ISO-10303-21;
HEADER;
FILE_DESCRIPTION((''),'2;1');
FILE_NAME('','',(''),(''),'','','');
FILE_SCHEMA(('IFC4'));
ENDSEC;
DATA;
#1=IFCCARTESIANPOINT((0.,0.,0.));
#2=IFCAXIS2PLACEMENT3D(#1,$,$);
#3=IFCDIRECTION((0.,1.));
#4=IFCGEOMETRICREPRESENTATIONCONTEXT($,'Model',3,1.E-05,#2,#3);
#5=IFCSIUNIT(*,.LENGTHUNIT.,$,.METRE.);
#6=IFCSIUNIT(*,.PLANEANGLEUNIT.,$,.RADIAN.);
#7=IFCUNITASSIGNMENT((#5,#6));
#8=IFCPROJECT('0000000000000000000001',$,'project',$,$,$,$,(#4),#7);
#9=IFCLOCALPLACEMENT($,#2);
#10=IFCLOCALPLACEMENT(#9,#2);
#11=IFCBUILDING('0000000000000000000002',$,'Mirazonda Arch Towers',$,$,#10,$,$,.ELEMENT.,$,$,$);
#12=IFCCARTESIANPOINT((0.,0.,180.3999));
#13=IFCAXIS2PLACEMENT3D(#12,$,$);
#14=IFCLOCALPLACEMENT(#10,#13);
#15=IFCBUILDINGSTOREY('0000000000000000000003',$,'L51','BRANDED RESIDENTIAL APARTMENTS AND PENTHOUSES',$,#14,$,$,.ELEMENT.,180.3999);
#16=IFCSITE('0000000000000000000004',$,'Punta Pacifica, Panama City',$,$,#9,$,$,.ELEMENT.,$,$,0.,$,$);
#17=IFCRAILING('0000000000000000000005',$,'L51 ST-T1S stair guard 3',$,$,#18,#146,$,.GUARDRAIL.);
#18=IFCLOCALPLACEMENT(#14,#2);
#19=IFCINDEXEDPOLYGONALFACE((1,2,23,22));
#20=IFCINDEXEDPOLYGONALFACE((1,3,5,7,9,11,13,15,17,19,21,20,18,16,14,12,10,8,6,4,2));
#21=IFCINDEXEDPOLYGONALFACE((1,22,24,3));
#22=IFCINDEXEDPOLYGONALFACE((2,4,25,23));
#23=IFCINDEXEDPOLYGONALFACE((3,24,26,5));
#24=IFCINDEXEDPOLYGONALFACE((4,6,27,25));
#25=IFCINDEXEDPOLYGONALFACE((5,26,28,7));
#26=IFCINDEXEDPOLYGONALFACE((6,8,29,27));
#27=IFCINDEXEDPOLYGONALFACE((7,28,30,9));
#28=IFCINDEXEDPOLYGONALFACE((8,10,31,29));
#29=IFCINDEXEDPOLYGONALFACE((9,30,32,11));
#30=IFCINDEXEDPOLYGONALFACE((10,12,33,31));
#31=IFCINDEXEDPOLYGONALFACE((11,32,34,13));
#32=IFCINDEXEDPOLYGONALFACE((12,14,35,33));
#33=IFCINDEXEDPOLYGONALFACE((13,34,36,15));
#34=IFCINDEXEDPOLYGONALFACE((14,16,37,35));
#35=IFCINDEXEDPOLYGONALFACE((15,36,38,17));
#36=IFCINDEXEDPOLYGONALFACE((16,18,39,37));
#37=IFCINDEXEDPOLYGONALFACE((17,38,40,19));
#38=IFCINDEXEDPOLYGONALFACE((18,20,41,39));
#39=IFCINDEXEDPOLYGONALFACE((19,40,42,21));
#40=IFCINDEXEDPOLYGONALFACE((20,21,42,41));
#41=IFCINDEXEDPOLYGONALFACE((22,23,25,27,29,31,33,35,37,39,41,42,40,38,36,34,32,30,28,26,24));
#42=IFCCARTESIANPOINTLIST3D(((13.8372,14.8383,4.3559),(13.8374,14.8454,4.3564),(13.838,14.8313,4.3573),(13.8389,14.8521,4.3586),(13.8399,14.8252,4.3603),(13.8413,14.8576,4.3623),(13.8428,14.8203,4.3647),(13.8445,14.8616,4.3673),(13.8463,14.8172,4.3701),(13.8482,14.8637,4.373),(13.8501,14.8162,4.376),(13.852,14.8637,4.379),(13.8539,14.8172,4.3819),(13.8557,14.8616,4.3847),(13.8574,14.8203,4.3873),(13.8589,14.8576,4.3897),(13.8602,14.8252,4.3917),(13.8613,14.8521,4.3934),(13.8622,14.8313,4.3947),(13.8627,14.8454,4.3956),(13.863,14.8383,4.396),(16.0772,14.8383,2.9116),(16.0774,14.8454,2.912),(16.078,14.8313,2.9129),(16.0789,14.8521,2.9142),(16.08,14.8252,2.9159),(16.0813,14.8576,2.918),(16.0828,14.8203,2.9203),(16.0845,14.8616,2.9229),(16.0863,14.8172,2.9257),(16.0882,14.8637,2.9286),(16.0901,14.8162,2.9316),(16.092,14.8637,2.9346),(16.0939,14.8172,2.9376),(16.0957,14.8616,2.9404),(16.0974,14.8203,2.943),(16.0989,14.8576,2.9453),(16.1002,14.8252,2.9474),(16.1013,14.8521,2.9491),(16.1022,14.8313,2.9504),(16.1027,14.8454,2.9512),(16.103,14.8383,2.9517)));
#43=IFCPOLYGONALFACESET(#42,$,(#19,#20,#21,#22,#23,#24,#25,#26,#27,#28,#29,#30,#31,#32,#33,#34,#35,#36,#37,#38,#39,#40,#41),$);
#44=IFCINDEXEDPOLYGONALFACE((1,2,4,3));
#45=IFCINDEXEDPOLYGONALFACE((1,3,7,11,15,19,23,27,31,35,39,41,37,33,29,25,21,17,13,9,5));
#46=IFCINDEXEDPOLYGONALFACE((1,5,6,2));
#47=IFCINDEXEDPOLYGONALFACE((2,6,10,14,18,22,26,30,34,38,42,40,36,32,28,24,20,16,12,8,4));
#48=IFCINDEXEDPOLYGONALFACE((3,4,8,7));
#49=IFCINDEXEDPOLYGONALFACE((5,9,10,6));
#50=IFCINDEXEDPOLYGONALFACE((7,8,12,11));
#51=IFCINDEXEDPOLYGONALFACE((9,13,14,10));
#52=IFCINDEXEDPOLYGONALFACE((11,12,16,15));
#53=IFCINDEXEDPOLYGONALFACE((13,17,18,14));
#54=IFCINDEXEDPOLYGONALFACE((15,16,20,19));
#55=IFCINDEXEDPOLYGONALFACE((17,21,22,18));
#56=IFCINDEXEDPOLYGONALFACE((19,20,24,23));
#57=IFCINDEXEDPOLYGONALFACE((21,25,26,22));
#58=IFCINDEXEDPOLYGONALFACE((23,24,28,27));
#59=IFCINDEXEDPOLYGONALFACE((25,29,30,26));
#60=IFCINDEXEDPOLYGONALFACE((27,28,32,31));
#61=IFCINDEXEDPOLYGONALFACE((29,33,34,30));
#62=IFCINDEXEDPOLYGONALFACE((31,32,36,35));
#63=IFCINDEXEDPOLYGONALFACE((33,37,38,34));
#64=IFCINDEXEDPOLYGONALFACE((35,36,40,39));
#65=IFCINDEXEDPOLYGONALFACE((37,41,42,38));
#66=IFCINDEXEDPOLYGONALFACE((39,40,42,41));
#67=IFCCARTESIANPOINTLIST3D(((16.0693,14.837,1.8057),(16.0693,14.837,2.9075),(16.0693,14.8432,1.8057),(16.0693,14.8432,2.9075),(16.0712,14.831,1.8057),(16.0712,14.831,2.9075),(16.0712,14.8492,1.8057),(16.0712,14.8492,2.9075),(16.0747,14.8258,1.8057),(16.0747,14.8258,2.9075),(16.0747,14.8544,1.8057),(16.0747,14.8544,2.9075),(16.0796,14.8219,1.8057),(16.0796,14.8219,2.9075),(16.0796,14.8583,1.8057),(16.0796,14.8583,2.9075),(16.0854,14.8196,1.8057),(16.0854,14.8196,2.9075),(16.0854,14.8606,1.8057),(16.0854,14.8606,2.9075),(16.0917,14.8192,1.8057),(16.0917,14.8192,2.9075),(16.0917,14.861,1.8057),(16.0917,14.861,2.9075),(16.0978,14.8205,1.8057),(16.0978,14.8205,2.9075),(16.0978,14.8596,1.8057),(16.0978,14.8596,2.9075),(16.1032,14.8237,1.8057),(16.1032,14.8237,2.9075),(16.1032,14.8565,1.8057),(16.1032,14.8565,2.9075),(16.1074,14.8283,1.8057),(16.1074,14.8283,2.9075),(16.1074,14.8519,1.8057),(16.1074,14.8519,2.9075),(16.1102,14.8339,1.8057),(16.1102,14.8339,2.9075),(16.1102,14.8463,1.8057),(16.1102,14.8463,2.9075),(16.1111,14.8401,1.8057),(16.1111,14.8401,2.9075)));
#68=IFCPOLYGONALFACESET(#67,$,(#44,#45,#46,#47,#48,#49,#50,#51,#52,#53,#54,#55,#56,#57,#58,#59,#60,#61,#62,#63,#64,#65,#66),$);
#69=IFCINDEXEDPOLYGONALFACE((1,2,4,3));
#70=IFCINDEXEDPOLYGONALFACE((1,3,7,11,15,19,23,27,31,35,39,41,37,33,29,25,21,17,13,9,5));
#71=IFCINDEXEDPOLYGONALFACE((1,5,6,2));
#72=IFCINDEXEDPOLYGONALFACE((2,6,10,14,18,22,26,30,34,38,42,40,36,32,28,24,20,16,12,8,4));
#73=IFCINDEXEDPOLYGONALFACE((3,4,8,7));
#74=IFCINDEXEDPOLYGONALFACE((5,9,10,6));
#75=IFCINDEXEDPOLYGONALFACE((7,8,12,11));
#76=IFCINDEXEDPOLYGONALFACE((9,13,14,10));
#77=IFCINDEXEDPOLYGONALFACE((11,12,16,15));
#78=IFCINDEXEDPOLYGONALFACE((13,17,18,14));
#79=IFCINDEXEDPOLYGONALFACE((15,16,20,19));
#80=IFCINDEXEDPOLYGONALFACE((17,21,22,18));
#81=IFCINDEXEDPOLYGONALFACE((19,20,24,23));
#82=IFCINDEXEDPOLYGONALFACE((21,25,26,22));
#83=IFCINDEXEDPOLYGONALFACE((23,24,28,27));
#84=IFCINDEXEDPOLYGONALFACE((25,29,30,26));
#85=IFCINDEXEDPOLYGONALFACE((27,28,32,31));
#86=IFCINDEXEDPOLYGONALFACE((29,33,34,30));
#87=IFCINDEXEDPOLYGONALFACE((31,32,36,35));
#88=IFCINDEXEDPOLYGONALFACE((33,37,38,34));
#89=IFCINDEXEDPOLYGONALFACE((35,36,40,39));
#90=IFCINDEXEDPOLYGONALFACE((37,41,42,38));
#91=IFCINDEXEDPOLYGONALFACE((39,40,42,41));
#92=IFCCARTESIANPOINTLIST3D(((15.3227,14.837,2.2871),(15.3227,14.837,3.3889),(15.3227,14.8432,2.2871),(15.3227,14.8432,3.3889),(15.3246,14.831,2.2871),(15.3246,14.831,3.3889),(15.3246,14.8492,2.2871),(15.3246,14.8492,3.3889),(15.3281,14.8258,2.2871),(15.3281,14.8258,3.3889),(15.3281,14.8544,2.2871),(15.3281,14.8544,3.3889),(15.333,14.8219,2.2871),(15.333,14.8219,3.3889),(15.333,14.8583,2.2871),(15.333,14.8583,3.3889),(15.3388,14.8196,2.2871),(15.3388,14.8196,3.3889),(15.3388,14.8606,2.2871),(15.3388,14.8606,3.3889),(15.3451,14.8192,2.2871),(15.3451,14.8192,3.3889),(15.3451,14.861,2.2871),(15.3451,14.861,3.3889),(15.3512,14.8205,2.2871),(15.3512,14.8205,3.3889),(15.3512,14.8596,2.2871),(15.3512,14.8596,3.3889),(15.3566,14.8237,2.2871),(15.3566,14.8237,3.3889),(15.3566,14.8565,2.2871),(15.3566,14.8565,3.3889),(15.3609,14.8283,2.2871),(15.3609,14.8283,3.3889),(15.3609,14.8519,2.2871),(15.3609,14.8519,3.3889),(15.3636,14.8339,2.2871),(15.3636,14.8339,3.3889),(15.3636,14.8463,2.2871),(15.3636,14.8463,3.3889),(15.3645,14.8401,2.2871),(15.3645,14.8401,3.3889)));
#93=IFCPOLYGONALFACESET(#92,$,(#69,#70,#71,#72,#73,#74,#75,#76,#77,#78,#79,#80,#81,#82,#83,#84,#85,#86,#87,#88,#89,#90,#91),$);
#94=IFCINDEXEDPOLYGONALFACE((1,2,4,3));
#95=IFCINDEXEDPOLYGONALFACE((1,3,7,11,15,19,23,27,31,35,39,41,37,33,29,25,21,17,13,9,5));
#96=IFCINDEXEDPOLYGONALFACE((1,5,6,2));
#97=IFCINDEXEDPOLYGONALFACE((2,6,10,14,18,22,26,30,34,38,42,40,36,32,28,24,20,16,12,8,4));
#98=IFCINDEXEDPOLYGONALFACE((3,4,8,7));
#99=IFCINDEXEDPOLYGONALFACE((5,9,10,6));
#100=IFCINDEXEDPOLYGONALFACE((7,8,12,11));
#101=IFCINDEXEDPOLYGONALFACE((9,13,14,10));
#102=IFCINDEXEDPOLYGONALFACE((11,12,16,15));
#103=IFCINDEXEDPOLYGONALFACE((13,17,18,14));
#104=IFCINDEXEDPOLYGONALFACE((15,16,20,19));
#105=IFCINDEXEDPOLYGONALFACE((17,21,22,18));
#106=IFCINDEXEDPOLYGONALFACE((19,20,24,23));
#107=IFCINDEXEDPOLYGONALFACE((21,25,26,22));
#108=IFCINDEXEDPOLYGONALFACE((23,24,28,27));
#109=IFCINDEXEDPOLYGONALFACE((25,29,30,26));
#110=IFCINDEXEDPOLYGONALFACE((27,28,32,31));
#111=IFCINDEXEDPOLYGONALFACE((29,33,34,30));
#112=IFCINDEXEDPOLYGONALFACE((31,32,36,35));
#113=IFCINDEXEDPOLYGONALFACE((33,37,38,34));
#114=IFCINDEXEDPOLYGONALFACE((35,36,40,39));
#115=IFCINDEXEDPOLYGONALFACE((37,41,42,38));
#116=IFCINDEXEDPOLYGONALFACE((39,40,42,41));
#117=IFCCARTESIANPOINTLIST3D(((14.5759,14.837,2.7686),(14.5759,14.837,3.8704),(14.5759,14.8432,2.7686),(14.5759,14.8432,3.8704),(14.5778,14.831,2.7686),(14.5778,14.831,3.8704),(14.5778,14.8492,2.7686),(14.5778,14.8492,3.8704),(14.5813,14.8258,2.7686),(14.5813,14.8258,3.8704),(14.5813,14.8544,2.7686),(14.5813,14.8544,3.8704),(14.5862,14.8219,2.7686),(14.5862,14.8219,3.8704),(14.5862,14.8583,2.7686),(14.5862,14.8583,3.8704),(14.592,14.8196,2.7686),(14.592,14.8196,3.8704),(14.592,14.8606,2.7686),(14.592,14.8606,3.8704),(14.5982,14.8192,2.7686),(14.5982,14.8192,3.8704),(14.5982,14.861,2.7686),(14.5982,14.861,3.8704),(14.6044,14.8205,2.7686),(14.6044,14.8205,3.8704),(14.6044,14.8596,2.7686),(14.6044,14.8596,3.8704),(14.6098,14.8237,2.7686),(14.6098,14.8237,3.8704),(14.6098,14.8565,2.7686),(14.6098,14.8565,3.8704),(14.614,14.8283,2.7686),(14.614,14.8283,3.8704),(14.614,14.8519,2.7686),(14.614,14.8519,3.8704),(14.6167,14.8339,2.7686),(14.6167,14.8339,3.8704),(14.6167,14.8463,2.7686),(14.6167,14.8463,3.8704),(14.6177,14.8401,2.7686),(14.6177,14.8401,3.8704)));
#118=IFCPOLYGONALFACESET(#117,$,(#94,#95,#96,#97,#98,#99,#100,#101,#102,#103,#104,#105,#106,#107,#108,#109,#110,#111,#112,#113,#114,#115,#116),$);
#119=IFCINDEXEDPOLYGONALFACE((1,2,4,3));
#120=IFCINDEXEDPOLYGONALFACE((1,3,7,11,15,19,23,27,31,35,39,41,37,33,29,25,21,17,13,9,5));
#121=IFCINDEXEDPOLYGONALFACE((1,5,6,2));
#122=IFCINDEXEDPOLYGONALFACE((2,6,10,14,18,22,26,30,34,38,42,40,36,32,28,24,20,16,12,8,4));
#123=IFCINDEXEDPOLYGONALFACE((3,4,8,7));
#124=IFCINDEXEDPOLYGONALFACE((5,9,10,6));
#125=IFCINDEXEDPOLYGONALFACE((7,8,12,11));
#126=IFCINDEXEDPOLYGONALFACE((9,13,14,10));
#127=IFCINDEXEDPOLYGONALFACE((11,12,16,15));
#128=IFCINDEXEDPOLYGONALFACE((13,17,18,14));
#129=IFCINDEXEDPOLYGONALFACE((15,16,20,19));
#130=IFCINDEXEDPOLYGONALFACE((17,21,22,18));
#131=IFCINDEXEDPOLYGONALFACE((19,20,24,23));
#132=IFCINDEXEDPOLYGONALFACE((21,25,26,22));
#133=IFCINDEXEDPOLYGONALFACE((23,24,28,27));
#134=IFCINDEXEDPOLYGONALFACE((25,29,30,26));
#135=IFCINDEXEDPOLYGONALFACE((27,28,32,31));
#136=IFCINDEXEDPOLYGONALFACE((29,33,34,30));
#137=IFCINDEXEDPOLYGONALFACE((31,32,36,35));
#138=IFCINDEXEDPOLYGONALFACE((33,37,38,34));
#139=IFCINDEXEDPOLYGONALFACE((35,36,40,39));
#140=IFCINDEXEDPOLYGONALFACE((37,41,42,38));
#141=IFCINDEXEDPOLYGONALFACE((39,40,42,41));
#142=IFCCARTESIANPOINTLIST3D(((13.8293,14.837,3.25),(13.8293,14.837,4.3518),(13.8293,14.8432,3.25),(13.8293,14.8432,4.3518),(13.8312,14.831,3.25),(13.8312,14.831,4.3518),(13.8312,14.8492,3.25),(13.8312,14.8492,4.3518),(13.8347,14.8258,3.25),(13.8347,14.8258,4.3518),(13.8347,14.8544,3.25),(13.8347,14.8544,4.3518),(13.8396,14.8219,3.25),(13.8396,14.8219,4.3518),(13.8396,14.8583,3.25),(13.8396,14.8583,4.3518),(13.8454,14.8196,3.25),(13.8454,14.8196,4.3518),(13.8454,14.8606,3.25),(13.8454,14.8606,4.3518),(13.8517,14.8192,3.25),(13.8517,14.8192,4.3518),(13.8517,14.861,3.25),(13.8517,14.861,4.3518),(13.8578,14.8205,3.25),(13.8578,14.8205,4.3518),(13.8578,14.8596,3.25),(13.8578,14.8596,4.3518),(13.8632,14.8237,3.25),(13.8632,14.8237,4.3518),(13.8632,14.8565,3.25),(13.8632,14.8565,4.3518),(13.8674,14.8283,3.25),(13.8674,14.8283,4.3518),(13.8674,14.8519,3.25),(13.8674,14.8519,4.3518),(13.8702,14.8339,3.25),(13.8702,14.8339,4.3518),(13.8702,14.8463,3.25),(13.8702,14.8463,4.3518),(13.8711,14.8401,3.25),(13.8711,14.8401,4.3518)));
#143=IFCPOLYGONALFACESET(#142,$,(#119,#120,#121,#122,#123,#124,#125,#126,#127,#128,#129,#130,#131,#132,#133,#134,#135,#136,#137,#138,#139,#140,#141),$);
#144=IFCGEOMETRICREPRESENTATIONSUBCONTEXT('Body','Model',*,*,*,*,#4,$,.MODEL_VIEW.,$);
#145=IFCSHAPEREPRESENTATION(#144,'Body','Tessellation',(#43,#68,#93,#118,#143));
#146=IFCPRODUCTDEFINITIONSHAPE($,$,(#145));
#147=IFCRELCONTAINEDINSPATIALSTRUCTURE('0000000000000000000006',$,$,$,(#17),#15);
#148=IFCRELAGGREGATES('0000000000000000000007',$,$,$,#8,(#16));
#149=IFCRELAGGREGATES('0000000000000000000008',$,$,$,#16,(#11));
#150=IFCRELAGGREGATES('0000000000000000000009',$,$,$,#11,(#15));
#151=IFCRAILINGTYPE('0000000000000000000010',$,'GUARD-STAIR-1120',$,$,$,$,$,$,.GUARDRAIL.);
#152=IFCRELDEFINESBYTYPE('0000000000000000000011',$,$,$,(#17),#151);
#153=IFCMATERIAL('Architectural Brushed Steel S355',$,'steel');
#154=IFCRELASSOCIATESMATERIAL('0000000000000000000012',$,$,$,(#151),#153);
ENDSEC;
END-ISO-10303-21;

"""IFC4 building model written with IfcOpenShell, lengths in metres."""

from ifc_helpers import new_model, si_unit, direction, frame, origin, origin_2d, place, context, subcontext, project, spatial, circle, extrude, material, type_object, element, save


model = new_model("IFC4")

# Units and contexts
model_context = context("Model", 3, precision=1e-05, world=origin(), true_north=direction((0.0, 1.0)))
body_context = subcontext(model_context, "Body", "Model", "MODEL_VIEW")
ifc_project = project(units=[si_unit("LENGTHUNIT", "METRE"), si_unit("PLANEANGLEUNIT", "RADIAN")], contexts=[model_context])

# Site, building, storey
site_placement = place(None, origin())
site = spatial("IfcSite", under=ifc_project, at=site_placement, Name="Punta Pacifica, Panama City", CompositionType="ELEMENT", RefElevation=0.0)
building_placement = place(site_placement, origin())
building = spatial("IfcBuilding", under=site, at=building_placement, Name="Mirazonda Arch Towers", CompositionType="ELEMENT")
storey_placement = place(building_placement, frame((0.0, 0.0, 180.3999)))
storey = spatial("IfcBuildingStorey", under=building, at=storey_placement, Name="L51", Description="BRANDED RESIDENTIAL APARTMENTS AND PENTHOUSES", CompositionType="ELEMENT", Elevation=180.3999)

# Shared definitions
ifc_material_1 = material(Name="Architectural Brushed Steel S355", Category="steel")

# Railing
railing_type_1 = type_object("IfcRailingType", Name="GUARD-STAIR-1120", PredefinedType="GUARDRAIL", material=ifc_material_1)
railing_1_placement = place(storey_placement, frame((16.0901, 14.8401, 1.8057)))
element("IfcRailing", 1, at=railing_1_placement, inside=storey, type_object=railing_type_1, Name="L51 ST-T1S stair guard 3", PredefinedType="GUARDRAIL", context=body_context, shape_type="SweptSolid", body=[
    extrude(circle(Radius=0.0239, at=origin_2d()), frame((0.0, 0.0, 1.126), z_axis=(-0.840437, 0.0, 0.54191), x_axis=(0.0, -1.0, 0.0)), (0.0, 0.0, 1.0), 2.6653),
    extrude(circle(Radius=0.021, at=origin_2d()), origin(), (0.0, 0.0, 1.0), 1.1018),
    extrude(circle(Radius=0.021, at=origin_2d()), frame((-0.7466, 0.0, 0.4814)), (0.0, 0.0, 1.0), 1.1018),
    extrude(circle(Radius=0.021, at=origin_2d()), frame((-1.4934, 0.0, 0.9629)), (0.0, 0.0, 1.0), 1.1018),
    extrude(circle(Radius=0.021, at=origin_2d()), frame((-2.24, 0.0, 1.4443)), (0.0, 0.0, 1.0), 1.1018),
])

save(model, "model.ifc")
